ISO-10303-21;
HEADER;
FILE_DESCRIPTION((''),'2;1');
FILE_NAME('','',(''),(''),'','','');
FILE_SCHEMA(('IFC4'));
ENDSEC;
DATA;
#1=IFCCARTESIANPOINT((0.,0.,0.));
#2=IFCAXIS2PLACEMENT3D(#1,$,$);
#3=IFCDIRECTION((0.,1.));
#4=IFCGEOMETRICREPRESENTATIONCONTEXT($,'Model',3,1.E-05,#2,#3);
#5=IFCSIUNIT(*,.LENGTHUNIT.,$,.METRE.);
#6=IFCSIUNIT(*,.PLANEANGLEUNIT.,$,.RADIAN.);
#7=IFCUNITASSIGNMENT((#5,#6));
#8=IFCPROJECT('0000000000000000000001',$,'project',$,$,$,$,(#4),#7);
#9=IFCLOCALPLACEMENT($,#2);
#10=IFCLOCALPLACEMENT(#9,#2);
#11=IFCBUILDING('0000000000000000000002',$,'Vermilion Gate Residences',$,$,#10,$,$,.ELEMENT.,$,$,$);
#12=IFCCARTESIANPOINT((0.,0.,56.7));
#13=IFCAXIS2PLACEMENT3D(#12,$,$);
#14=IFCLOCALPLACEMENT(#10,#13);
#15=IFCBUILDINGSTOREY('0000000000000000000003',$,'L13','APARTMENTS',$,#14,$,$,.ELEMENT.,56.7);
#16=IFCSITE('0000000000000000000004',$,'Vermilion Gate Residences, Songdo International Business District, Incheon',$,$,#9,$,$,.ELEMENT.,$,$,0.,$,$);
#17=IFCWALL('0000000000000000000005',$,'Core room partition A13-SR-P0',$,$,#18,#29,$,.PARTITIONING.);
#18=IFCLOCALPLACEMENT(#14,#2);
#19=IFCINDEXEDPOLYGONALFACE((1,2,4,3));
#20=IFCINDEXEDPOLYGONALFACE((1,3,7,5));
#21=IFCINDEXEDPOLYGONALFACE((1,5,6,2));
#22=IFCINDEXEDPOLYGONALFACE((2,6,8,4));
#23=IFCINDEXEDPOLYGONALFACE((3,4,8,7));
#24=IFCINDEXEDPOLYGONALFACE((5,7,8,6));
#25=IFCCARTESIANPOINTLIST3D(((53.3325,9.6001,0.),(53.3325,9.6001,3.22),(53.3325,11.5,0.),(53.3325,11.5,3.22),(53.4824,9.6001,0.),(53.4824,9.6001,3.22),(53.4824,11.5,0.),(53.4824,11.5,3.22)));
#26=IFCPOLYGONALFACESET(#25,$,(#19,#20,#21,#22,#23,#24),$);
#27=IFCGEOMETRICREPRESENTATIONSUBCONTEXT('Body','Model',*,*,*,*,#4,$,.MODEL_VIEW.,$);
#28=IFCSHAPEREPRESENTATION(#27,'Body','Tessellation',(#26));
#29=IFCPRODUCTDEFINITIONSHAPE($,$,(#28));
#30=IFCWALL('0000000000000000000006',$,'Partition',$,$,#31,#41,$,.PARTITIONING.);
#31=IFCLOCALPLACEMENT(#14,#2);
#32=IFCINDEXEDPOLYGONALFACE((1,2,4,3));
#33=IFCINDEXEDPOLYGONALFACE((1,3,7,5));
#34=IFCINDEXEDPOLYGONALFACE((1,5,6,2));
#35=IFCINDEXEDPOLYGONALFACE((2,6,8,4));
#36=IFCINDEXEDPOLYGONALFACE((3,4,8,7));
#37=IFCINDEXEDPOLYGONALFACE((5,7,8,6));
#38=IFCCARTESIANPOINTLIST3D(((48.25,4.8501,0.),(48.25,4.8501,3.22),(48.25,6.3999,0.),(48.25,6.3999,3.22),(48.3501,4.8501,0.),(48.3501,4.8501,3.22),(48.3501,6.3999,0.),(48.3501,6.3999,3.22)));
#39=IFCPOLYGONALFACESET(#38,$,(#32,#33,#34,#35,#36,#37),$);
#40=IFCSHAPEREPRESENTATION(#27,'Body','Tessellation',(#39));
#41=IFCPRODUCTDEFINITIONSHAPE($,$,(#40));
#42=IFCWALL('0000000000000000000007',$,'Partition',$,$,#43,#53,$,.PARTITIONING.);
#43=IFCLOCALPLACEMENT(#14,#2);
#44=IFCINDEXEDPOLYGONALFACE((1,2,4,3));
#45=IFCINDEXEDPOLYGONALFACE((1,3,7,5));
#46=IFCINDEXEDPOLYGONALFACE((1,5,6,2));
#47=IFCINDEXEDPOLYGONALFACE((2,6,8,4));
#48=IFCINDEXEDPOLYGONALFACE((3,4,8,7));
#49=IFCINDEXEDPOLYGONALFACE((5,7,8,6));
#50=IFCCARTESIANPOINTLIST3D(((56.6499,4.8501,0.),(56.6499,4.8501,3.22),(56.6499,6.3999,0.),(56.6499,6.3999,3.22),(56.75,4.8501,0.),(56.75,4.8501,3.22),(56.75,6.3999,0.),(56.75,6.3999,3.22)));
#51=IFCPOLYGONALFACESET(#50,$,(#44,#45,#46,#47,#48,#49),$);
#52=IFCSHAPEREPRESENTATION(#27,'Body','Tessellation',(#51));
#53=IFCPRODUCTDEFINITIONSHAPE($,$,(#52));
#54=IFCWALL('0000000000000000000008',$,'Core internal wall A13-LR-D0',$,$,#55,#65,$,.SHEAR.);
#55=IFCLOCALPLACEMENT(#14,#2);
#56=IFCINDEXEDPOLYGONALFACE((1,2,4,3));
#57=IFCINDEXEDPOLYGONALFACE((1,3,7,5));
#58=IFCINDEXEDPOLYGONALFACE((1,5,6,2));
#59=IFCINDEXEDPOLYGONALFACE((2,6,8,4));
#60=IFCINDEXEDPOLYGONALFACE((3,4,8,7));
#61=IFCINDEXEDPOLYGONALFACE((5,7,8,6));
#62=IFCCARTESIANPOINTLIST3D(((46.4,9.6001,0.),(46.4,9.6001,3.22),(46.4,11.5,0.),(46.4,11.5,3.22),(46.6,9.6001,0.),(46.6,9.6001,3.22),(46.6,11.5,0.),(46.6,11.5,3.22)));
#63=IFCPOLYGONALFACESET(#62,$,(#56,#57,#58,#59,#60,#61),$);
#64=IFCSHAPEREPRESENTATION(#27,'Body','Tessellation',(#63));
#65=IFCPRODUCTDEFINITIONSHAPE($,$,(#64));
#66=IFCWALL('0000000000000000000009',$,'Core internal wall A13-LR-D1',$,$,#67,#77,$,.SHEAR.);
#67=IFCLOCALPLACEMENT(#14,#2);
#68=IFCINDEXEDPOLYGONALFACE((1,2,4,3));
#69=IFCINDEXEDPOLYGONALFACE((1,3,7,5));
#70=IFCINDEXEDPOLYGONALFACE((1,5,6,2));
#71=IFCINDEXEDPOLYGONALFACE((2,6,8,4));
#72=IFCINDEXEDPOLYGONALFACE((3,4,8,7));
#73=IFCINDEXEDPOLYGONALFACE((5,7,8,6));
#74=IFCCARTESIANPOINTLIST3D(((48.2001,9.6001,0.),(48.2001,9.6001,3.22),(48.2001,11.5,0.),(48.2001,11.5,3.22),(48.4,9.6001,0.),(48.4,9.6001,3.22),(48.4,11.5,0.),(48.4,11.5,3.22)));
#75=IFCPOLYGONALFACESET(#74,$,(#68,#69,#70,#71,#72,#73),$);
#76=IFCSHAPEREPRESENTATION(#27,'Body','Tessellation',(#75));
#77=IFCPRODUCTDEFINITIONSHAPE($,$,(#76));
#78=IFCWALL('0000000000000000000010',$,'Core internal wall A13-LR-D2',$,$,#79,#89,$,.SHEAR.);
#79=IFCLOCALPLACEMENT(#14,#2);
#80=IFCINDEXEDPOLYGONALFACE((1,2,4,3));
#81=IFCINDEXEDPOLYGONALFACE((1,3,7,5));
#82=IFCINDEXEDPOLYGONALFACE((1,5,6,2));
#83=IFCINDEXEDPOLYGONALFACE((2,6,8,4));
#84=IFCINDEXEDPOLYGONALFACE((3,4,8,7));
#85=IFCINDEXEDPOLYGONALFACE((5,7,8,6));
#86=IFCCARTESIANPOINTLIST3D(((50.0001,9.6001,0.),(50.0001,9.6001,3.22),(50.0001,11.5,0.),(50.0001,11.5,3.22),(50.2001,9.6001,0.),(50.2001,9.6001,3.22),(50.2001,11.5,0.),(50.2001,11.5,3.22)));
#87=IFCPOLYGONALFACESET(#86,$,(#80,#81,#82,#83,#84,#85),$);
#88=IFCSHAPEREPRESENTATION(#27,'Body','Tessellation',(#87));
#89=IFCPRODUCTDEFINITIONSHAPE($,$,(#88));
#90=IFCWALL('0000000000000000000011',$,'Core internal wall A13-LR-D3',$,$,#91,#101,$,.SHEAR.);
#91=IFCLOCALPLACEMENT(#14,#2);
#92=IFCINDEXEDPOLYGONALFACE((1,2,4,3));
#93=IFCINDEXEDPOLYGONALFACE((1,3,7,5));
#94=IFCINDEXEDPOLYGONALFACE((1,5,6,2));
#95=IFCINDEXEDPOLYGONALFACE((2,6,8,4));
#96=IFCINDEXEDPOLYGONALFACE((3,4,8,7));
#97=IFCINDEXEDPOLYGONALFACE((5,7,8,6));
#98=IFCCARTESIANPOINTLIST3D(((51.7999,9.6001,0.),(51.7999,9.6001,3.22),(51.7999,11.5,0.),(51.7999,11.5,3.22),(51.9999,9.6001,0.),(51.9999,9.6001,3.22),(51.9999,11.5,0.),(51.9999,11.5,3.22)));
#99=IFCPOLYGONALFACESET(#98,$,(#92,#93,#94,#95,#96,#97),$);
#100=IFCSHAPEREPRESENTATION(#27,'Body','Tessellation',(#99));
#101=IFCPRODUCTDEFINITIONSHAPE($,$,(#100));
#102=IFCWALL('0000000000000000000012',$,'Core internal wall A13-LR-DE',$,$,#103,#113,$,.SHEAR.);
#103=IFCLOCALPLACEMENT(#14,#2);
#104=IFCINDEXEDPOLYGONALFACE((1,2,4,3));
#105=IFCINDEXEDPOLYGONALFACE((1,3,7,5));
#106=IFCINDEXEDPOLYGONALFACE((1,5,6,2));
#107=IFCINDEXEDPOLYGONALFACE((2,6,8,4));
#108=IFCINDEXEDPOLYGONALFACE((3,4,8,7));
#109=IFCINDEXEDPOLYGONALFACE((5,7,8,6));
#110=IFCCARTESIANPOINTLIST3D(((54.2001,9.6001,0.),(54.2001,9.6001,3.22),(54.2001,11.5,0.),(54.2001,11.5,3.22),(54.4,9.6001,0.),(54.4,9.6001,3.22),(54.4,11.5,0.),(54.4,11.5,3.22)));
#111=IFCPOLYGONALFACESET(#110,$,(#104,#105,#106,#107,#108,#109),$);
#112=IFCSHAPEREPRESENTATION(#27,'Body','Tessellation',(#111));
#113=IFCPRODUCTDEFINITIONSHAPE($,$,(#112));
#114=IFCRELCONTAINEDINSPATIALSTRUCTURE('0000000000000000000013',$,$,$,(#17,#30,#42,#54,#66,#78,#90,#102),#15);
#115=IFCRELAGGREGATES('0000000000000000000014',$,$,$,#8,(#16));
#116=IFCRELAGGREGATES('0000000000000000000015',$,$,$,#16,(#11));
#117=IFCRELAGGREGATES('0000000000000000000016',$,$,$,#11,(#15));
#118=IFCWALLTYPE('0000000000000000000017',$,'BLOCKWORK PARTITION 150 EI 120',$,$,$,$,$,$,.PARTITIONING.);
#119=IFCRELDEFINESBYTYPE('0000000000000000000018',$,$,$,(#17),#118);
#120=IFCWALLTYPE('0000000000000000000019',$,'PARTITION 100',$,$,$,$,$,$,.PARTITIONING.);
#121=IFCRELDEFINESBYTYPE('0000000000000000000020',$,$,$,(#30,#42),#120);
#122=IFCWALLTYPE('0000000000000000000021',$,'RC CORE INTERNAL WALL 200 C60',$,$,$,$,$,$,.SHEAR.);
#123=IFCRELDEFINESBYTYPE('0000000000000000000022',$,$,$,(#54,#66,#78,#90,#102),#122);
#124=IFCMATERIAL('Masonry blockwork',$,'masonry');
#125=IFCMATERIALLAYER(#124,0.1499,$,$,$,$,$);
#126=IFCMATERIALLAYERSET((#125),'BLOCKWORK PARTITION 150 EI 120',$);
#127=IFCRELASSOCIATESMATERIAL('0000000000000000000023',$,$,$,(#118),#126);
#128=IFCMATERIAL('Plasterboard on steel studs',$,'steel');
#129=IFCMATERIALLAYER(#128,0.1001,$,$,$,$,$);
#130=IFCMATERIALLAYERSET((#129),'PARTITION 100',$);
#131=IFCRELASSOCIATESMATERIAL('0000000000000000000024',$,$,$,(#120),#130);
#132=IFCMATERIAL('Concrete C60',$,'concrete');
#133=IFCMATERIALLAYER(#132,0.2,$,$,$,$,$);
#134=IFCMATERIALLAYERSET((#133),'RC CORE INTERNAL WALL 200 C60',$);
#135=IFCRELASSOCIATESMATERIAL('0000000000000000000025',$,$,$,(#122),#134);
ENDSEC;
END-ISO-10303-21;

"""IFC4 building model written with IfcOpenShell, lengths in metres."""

from ifc_helpers import new_model, si_unit, direction, frame, frame_2d, origin, place, context, subcontext, project, spatial, rectangle, extrude, material, layer, layer_set, type_object, element, save


model = new_model("IFC4")

# Units and contexts
model_context = context("Model", 3, precision=1e-05, world=origin(), true_north=direction((0.0, 1.0)))
body_context = subcontext(model_context, "Body", "Model", "MODEL_VIEW")
ifc_project = project(units=[si_unit("LENGTHUNIT", "METRE"), si_unit("PLANEANGLEUNIT", "RADIAN")], contexts=[model_context])

# Site, building, storey
site_placement = place(None, origin())
site = spatial("IfcSite", under=ifc_project, at=site_placement, Name="Vermilion Gate Residences, Songdo International Business District, Incheon", CompositionType="ELEMENT", RefElevation=0.0)
building_placement = place(site_placement, origin())
building = spatial("IfcBuilding", under=site, at=building_placement, Name="Vermilion Gate Residences", CompositionType="ELEMENT")
storey_placement = place(building_placement, frame((0.0, 0.0, 56.7)))
storey = spatial("IfcBuildingStorey", under=building, at=storey_placement, Name="L13", Description="APARTMENTS", CompositionType="ELEMENT", Elevation=56.7)

# Walls
ifc_material_1 = material(Name="Masonry blockwork", Category="masonry")
ifc_layer_1 = layer(ifc_material_1, 0.1499)
ifc_layer_set_1 = layer_set([ifc_layer_1], Name="BLOCKWORK PARTITION 150 EI 120")
wall_type_1 = type_object("IfcWallType", Name="BLOCKWORK PARTITION 150 EI 120", PredefinedType="PARTITIONING", material=ifc_layer_set_1)
wall_1_placement = place(storey_placement, frame((53.4075, 9.6001, 0.0), z_axis=(0.0, 0.0, 1.0), x_axis=(0.0, 1.0, 0.0)))
element("IfcWall", 1, at=wall_1_placement, inside=storey, type_object=wall_type_1, Name="Core room partition A13-SR-P0", PredefinedType="PARTITIONING", context=body_context, shape_type="SweptSolid", body=[
    extrude(rectangle(XDim=1.8999, YDim=0.1499, at=frame_2d((0.95, 0.0))), origin(), (0.0, 0.0, 1.0), 3.22),
])
ifc_material_2 = material(Name="Plasterboard on steel studs", Category="steel")
ifc_layer_2 = layer(ifc_material_2, 0.1001)
ifc_layer_set_2 = layer_set([ifc_layer_2], Name="PARTITION 100")
wall_type_2 = type_object("IfcWallType", Name="PARTITION 100", PredefinedType="PARTITIONING", material=ifc_layer_set_2)
for number, where, z_axis, x_axis, name in (
    (2, (48.3, 4.8501, 0.0), (0.0, 0.0, 1.0), (0.0, 1.0, 0.0), "Partition"),
    (3, (56.7, 4.8501, 0.0), (0.0, 0.0, 1.0), (0.0, 1.0, 0.0), "Partition"),
):
    element("IfcWall", number, at=place(storey_placement, frame(where, z_axis=z_axis, x_axis=x_axis)), inside=storey, type_object=wall_type_2, Name=name, PredefinedType="PARTITIONING", context=body_context, shape_type="SweptSolid", body=[
        extrude(rectangle(XDim=1.5498, YDim=0.1001, at=frame_2d((0.7749, 0.0))), origin(), (0.0, 0.0, 1.0), 3.22),
    ])
ifc_material_3 = material(Name="Concrete C60", Category="concrete")
ifc_layer_3 = layer(ifc_material_3, 0.2)
ifc_layer_set_3 = layer_set([ifc_layer_3], Name="RC CORE INTERNAL WALL 200 C60")
wall_type_3 = type_object("IfcWallType", Name="RC CORE INTERNAL WALL 200 C60", PredefinedType="SHEAR", material=ifc_layer_set_3)
for number, where, z_axis, x_axis, name in (
    (4, (46.5, 9.6001, 0.0), (0.0, 0.0, 1.0), (0.0, 1.0, 0.0), "Core internal wall A13-LR-D0"),
    (5, (48.3, 9.6001, 0.0), (0.0, 0.0, 1.0), (0.0, 1.0, 0.0), "Core internal wall A13-LR-D1"),
    (6, (50.1001, 9.6001, 0.0), (0.0, 0.0, 1.0), (0.0, 1.0, 0.0), "Core internal wall A13-LR-D2"),
    (7, (51.8999, 9.6001, 0.0), (0.0, 0.0, 1.0), (0.0, 1.0, 0.0), "Core internal wall A13-LR-D3"),
    (8, (54.3, 9.6001, 0.0), (0.0, 0.0, 1.0), (0.0, 1.0, 0.0), "Core internal wall A13-LR-DE"),
):
    element("IfcWall", number, at=place(storey_placement, frame(where, z_axis=z_axis, x_axis=x_axis)), inside=storey, type_object=wall_type_3, Name=name, PredefinedType="SHEAR", context=body_context, shape_type="SweptSolid", body=[
        extrude(rectangle(XDim=1.8999, YDim=0.2, at=frame_2d((0.95, 0.0))), origin(), (0.0, 0.0, 1.0), 3.22),
    ])

save(model, "model.ifc")
